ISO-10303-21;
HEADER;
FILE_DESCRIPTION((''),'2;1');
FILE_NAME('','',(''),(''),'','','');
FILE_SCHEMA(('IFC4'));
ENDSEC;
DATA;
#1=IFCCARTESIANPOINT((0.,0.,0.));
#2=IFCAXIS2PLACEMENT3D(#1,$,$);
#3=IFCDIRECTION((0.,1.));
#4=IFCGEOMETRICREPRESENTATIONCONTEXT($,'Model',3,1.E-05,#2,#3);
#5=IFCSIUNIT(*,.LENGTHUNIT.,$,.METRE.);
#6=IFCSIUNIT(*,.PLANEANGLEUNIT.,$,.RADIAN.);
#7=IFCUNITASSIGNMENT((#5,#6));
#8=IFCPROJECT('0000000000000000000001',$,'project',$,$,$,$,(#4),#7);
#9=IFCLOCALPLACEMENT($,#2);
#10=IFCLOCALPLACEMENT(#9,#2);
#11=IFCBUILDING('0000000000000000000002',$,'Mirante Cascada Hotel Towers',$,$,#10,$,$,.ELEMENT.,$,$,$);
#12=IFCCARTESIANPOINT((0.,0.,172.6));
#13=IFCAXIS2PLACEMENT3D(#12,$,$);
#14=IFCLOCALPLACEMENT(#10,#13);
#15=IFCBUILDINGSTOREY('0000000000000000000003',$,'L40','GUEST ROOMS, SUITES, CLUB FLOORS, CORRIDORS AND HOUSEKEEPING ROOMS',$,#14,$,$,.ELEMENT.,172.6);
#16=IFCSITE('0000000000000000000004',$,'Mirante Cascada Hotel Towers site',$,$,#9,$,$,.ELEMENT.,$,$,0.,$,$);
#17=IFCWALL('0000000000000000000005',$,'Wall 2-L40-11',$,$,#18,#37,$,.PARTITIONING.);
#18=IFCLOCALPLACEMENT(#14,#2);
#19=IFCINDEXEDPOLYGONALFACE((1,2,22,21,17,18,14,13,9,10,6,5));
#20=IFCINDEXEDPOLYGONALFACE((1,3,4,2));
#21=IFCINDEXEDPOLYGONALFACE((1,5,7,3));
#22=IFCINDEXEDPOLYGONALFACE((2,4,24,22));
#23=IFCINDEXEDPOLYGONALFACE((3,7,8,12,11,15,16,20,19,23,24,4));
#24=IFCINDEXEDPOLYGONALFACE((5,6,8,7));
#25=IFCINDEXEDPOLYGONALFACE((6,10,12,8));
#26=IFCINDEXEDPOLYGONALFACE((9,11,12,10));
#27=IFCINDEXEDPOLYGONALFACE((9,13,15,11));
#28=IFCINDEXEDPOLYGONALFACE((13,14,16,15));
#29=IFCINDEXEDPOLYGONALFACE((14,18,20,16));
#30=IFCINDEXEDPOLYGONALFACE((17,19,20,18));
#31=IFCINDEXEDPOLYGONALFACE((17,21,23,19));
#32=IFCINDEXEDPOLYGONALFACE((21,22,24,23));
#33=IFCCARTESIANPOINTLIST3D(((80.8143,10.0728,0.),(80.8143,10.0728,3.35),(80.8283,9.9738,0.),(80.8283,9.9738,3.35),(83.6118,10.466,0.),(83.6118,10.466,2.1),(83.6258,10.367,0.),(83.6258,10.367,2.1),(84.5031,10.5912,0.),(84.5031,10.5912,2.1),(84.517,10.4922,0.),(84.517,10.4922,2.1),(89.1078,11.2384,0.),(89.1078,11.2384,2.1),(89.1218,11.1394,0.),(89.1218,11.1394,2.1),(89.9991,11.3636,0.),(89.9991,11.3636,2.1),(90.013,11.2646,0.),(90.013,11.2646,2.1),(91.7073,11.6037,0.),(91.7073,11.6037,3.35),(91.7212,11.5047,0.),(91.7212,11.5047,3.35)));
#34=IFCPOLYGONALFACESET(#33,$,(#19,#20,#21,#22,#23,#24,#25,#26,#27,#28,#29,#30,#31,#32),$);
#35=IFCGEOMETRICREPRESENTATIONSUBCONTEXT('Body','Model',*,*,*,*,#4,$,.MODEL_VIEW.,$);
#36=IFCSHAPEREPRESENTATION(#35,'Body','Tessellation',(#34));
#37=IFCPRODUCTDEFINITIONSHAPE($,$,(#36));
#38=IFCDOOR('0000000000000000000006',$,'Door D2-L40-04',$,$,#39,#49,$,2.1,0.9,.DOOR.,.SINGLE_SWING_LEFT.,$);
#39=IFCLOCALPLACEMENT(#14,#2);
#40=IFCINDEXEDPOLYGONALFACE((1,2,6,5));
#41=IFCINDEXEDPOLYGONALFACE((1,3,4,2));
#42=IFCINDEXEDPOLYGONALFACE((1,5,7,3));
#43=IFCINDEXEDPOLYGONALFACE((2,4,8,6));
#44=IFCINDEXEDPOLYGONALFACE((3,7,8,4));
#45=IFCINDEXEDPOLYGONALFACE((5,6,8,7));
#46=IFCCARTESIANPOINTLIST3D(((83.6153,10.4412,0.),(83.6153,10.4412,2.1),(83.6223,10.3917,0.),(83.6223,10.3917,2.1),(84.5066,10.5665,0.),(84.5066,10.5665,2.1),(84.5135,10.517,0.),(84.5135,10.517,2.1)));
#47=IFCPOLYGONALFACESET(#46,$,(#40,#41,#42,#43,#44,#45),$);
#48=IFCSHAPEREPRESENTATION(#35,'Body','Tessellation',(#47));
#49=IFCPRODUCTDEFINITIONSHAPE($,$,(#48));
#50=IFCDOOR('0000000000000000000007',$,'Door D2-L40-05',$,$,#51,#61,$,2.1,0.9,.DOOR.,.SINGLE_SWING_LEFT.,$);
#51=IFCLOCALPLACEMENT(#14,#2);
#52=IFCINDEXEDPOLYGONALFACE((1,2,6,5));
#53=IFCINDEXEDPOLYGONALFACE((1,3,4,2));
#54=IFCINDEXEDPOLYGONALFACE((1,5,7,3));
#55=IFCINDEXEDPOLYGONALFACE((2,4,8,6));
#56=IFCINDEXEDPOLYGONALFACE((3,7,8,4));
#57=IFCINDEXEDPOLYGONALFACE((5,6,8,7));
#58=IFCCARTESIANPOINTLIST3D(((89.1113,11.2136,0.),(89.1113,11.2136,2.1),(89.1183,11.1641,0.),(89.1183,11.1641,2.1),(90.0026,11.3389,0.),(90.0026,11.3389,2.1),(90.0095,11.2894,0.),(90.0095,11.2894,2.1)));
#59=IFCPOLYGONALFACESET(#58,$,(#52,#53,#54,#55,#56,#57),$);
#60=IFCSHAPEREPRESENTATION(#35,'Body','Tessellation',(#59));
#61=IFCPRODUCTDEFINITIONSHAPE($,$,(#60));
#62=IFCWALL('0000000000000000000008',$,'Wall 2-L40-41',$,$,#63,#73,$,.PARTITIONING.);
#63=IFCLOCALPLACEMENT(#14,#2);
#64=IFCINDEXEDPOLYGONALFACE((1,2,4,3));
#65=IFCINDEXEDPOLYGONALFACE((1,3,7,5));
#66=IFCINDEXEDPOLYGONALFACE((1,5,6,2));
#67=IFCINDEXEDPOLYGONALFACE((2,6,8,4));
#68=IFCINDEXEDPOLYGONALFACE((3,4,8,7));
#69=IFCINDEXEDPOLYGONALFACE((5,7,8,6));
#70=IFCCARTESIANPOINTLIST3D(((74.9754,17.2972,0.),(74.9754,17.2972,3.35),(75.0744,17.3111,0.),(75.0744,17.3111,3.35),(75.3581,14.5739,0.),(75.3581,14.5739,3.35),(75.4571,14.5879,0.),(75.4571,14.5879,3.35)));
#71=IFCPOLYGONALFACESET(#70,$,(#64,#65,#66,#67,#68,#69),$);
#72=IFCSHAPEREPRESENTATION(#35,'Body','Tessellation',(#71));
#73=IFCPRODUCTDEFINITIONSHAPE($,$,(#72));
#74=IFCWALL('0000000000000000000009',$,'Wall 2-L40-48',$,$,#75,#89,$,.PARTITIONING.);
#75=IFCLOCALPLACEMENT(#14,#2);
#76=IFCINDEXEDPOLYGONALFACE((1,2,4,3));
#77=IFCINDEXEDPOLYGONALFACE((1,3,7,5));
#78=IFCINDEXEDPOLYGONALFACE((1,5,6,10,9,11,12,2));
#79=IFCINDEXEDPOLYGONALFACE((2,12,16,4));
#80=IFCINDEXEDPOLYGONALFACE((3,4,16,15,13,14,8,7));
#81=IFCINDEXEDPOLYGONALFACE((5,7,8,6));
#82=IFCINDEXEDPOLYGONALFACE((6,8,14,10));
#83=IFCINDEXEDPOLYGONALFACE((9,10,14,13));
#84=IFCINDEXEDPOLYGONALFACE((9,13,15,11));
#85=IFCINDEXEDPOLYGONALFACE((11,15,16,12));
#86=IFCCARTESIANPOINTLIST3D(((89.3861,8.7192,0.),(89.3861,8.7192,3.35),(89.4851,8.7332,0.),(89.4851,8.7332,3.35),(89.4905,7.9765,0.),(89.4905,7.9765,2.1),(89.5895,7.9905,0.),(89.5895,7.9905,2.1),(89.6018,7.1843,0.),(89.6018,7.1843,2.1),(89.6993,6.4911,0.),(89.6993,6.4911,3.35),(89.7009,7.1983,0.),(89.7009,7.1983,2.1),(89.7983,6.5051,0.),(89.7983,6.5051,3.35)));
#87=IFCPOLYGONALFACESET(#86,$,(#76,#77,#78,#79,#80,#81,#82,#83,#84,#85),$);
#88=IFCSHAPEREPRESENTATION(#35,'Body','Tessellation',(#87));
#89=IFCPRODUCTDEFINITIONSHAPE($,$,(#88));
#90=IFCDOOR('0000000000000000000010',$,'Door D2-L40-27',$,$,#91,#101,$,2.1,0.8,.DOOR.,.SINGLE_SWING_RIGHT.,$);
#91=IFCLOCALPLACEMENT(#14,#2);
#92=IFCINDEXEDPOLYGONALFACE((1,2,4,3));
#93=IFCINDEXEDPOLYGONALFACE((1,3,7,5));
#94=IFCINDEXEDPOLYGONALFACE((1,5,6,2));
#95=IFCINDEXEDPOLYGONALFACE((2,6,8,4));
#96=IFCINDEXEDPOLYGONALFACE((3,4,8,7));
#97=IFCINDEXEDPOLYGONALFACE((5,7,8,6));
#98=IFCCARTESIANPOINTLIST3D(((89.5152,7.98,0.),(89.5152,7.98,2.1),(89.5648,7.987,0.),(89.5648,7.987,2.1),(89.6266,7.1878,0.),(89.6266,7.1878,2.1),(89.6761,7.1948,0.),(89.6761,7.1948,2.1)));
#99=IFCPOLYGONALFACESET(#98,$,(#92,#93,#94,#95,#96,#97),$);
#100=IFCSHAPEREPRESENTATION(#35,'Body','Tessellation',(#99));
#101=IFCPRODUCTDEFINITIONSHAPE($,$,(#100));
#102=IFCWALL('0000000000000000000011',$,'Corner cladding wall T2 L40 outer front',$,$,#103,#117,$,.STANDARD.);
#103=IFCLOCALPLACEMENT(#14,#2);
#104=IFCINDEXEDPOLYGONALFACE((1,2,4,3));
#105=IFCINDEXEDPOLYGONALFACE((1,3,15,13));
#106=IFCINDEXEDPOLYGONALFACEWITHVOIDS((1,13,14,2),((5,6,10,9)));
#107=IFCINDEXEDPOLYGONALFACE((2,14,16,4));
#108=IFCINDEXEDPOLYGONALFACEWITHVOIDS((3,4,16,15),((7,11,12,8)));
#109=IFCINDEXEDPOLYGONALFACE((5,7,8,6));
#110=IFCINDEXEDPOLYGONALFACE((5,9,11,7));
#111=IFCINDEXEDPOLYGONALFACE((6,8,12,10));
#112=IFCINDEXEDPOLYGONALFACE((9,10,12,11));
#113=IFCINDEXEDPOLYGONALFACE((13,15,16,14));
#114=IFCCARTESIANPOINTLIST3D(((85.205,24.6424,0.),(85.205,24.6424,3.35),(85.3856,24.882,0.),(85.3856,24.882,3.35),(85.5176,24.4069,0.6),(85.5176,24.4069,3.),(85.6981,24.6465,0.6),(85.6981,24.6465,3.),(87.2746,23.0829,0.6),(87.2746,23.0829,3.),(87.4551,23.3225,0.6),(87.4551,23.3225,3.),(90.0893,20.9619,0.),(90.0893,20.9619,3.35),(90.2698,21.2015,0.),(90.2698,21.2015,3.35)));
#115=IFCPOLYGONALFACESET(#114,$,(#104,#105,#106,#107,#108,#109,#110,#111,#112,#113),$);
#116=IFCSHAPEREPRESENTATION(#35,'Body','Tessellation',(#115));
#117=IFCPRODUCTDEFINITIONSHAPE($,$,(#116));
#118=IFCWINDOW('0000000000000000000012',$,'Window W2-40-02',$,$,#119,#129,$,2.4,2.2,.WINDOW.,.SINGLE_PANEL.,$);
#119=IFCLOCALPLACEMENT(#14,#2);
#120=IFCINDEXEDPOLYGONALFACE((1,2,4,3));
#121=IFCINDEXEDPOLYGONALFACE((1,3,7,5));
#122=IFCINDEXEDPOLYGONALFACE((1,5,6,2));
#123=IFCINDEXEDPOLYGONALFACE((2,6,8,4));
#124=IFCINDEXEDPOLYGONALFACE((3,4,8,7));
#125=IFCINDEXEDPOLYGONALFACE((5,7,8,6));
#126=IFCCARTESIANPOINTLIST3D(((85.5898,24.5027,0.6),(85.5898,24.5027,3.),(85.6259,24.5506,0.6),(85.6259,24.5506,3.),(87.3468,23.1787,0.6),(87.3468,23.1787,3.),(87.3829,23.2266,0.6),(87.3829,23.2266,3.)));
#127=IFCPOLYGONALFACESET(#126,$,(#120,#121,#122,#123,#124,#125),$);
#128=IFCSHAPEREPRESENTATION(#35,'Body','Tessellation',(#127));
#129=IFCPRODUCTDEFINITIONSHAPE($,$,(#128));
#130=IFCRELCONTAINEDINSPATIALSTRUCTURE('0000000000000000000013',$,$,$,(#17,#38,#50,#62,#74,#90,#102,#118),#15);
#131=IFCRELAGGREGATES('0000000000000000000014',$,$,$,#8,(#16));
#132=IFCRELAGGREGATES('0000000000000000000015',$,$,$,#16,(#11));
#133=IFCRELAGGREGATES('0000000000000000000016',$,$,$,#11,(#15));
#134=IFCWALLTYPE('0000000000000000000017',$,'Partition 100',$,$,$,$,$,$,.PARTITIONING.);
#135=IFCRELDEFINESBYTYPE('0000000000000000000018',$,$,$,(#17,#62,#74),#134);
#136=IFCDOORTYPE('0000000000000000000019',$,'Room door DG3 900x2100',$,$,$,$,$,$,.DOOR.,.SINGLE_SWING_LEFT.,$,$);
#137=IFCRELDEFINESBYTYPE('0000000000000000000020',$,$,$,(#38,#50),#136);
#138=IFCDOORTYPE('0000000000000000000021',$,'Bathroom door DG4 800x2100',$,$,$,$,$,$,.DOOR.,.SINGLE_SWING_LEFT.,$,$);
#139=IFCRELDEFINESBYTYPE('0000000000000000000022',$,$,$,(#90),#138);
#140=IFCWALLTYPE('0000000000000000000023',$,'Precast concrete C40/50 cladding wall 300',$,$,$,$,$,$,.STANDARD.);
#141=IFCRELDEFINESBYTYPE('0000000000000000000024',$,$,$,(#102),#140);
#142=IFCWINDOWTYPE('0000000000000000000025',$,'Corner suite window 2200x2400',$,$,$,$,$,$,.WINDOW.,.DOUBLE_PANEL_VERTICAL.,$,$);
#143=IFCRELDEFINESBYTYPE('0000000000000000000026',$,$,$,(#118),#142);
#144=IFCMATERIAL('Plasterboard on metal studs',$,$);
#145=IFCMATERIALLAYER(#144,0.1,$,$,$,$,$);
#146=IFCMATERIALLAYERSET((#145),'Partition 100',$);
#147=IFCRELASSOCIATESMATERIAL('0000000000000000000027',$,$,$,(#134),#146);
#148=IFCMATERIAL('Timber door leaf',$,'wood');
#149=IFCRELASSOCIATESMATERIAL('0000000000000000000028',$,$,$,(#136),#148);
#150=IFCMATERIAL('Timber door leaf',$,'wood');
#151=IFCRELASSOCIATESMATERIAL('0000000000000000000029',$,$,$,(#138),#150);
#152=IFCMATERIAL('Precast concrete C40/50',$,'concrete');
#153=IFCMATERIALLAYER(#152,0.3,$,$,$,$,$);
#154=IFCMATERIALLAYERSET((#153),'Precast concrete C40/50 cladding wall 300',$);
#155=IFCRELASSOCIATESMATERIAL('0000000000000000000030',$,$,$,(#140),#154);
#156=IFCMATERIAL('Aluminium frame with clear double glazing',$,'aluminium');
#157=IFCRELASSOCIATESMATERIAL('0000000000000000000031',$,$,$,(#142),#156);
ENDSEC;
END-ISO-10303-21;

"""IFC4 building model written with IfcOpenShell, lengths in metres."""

from ifc_helpers import new_model, si_unit, direction, frame, frame_2d, origin, place, context, subcontext, project, spatial, rectangle, extrude, material, layer, layer_set, type_object, element, fill, save


model = new_model("IFC4")

# Units and contexts
model_context = context("Model", 3, precision=1e-05, world=origin(), true_north=direction((0.0, 1.0)))
body_context = subcontext(model_context, "Body", "Model", "MODEL_VIEW")
ifc_project = project(units=[si_unit("LENGTHUNIT", "METRE"), si_unit("PLANEANGLEUNIT", "RADIAN")], contexts=[model_context])

# Site, building, storey
site_placement = place(None, origin())
site = spatial("IfcSite", under=ifc_project, at=site_placement, Name="Mirante Cascada Hotel Towers site", CompositionType="ELEMENT", RefElevation=0.0)
building_placement = place(site_placement, origin())
building = spatial("IfcBuilding", under=site, at=building_placement, Name="Mirante Cascada Hotel Towers", CompositionType="ELEMENT")
storey_placement = place(building_placement, frame((0.0, 0.0, 172.6)))
storey = spatial("IfcBuildingStorey", under=building, at=storey_placement, Name="L40", Description="GUEST ROOMS, SUITES, CLUB FLOORS, CORRIDORS AND HOUSEKEEPING ROOMS", CompositionType="ELEMENT", Elevation=172.6)

# Shared definitions
ifc_material_1 = material(Name="Plasterboard on metal studs")
ifc_layer_1 = layer(ifc_material_1, 0.1)
ifc_layer_set_1 = layer_set([ifc_layer_1], Name="Partition 100")
wall_type_1 = type_object("IfcWallType", Name="Partition 100", PredefinedType="PARTITIONING", material=ifc_layer_set_1)

# Wall, openings, doors
wall_1_placement = place(storey_placement, frame((80.8213, 10.0233, 0.0), z_axis=(0.0, 0.0, 1.0), x_axis=(0.990268, 0.139173, 0.0)))
wall_1 = element("IfcWall", 1, at=wall_1_placement, inside=storey, type_object=wall_type_1, Name="Wall 2-L40-11", PredefinedType="PARTITIONING", context=body_context, shape_type="SweptSolid", body=[
    extrude(rectangle(XDim=11.0, YDim=0.1, at=frame_2d((5.5, 0.0))), origin(), (0.0, 0.0, 1.0), 3.35),
])
opening_1_placement = place(wall_1_placement, frame((2.825, 0.0, 0.0)))
opening_1 = element("IfcOpeningElement", 2, at=opening_1_placement, cuts=wall_1, PredefinedType="OPENING", context=body_context, shape_type="SweptSolid", body=[
    extrude(rectangle(XDim=0.9, YDim=2.1, at=frame_2d((0.45, 1.05))), frame((0.0, 0.05, 0.0), z_axis=(0.0, -1.0, 0.0), x_axis=(1.0, 0.0, 0.0)), (0.0, 0.0, 1.0), 0.1),
])
opening_2_placement = place(wall_1_placement, frame((8.375, 0.0, 0.0)))
opening_2 = element("IfcOpeningElement", 3, at=opening_2_placement, cuts=wall_1, PredefinedType="OPENING", context=body_context, shape_type="SweptSolid", body=[
    extrude(rectangle(XDim=0.9, YDim=2.1, at=frame_2d((0.45, 1.05))), frame((0.0, 0.05, 0.0), z_axis=(0.0, -1.0, 0.0), x_axis=(1.0, 0.0, 0.0)), (0.0, 0.0, 1.0), 0.1),
])
ifc_material_2 = material(Name="Timber door leaf", Category="wood")
door_type_1 = type_object("IfcDoorType", Name="Room door DG3 900x2100", OperationType="SINGLE_SWING_LEFT", PredefinedType="DOOR", material=ifc_material_2)
door_1_placement = place(opening_1_placement, origin())
door_1 = element("IfcDoor", 4, at=door_1_placement, inside=storey, type_object=door_type_1, Name="Door D2-L40-04", OperationType="SINGLE_SWING_LEFT", OverallHeight=2.1, OverallWidth=0.9, PredefinedType="DOOR", context=body_context, shape_type="SweptSolid", body=[
    extrude(rectangle(XDim=0.9, YDim=2.1, at=frame_2d((0.45, 1.05))), frame((0.0, 0.025, 0.0), z_axis=(0.0, -1.0, 0.0), x_axis=(1.0, 0.0, 0.0)), (0.0, 0.0, 1.0), 0.05),
])
fill(opening_1, door_1)
door_2_placement = place(opening_2_placement, origin())
door_2 = element("IfcDoor", 5, at=door_2_placement, inside=storey, type_object=door_type_1, Name="Door D2-L40-05", OperationType="SINGLE_SWING_LEFT", OverallHeight=2.1, OverallWidth=0.9, PredefinedType="DOOR", context=body_context, shape_type="SweptSolid", body=[
    extrude(rectangle(XDim=0.9, YDim=2.1, at=frame_2d((0.45, 1.05))), frame((0.0, 0.025, 0.0), z_axis=(0.0, -1.0, 0.0), x_axis=(1.0, 0.0, 0.0)), (0.0, 0.0, 1.0), 0.05),
])
fill(opening_2, door_2)

# Wall
wall_2_placement = place(storey_placement, frame((75.4076, 14.5809, 0.0), z_axis=(0.0, 0.0, 1.0), x_axis=(-0.139166, 0.990269, 0.0)))
element("IfcWall", 6, at=wall_2_placement, inside=storey, type_object=wall_type_1, Name="Wall 2-L40-41", PredefinedType="PARTITIONING", context=body_context, shape_type="SweptSolid", body=[
    extrude(rectangle(XDim=2.75, YDim=0.1, at=frame_2d((1.375, 0.0))), origin(), (0.0, 0.0, 1.0), 3.35),
])

# Wall, opening, door
wall_3_placement = place(storey_placement, frame((89.4356, 8.7262, 0.0), z_axis=(0.0, 0.0, 1.0), x_axis=(0.1392, -0.990264, 0.0)))
wall_3 = element("IfcWall", 7, at=wall_3_placement, inside=storey, type_object=wall_type_1, Name="Wall 2-L40-48", PredefinedType="PARTITIONING", context=body_context, shape_type="SweptSolid", body=[
    extrude(rectangle(XDim=2.25, YDim=0.1, at=frame_2d((1.125, 0.0))), origin(), (0.0, 0.0, 1.0), 3.35),
])
opening_3_placement = place(wall_3_placement, frame((0.75, 0.0, 0.0)))
opening_3 = element("IfcOpeningElement", 8, at=opening_3_placement, cuts=wall_3, PredefinedType="OPENING", context=body_context, shape_type="SweptSolid", body=[
    extrude(rectangle(XDim=0.8, YDim=2.1, at=frame_2d((0.4, 1.05))), frame((0.0, 0.05, 0.0), z_axis=(0.0, -1.0, 0.0), x_axis=(1.0, 0.0, 0.0)), (0.0, 0.0, 1.0), 0.1),
])
ifc_material_3 = material(Name="Timber door leaf", Category="wood")
door_type_2 = type_object("IfcDoorType", Name="Bathroom door DG4 800x2100", OperationType="SINGLE_SWING_LEFT", PredefinedType="DOOR", material=ifc_material_3)
door_3_placement = place(opening_3_placement, frame((0.8, 0.0, 0.0), z_axis=(0.0, 0.0, 1.0), x_axis=(-1.0, 0.0, 0.0)))
door_3 = element("IfcDoor", 9, at=door_3_placement, inside=storey, type_object=door_type_2, Name="Door D2-L40-27", OperationType="SINGLE_SWING_RIGHT", OverallHeight=2.1, OverallWidth=0.8, PredefinedType="DOOR", context=body_context, shape_type="SweptSolid", body=[
    extrude(rectangle(XDim=0.8, YDim=2.1, at=frame_2d((0.4, 1.05))), frame((0.0, 0.025, 0.0), z_axis=(0.0, -1.0, 0.0), x_axis=(1.0, 0.0, 0.0)), (0.0, 0.0, 1.0), 0.05),
])
fill(opening_3, door_3)

# Wall, opening, window
ifc_material_4 = material(Name="Precast concrete C40/50", Category="concrete")
ifc_layer_2 = layer(ifc_material_4, 0.3)
ifc_layer_set_2 = layer_set([ifc_layer_2], Name="Precast concrete C40/50 cladding wall 300")
wall_type_2 = type_object("IfcWallType", Name="Precast concrete C40/50 cladding wall 300", PredefinedType="STANDARD", material=ifc_layer_set_2)
wall_4_placement = place(storey_placement, frame((90.1795, 21.0817, 0.0), z_axis=(0.0, 0.0, 1.0), x_axis=(-0.798636, 0.601814, 0.0)))
wall_4 = element("IfcWall", 10, at=wall_4_placement, inside=storey, type_object=wall_type_2, Name="Corner cladding wall T2 L40 outer front", PredefinedType="STANDARD", context=body_context, shape_type="SweptSolid", body=[
    extrude(rectangle(XDim=6.1157, YDim=0.3, at=frame_2d((3.0578, 0.0))), origin(), (0.0, 0.0, 1.0), 3.35),
])
opening_4_placement = place(wall_4_placement, frame((3.5243, 0.0, 0.6)))
opening_4 = element("IfcOpeningElement", 11, at=opening_4_placement, cuts=wall_4, PredefinedType="OPENING", context=body_context, shape_type="SweptSolid", body=[
    extrude(rectangle(XDim=2.2, YDim=2.4, at=frame_2d((1.1, 1.2))), frame((0.0, 0.15, 0.0), z_axis=(0.0, -1.0, 0.0), x_axis=(1.0, 0.0, 0.0)), (0.0, 0.0, 1.0), 0.3),
])
ifc_material_5 = material(Name="Aluminium frame with clear double glazing", Category="aluminium")
window_type = type_object("IfcWindowType", Name="Corner suite window 2200x2400", PartitioningType="DOUBLE_PANEL_VERTICAL", PredefinedType="WINDOW", material=ifc_material_5)
window_placement = place(opening_4_placement, origin())
window = element("IfcWindow", 12, at=window_placement, inside=storey, type_object=window_type, Name="Window W2-40-02", OverallHeight=2.4, OverallWidth=2.2, PartitioningType="SINGLE_PANEL", PredefinedType="WINDOW", context=body_context, shape_type="SweptSolid", body=[
    extrude(rectangle(XDim=2.2, YDim=2.4, at=frame_2d((1.1, 1.2))), frame((0.0, 0.03, 0.0), z_axis=(0.0, -1.0, 0.0), x_axis=(1.0, 0.0, 0.0)), (0.0, 0.0, 1.0), 0.06),
])
fill(opening_4, window)

save(model, "model.ifc")
